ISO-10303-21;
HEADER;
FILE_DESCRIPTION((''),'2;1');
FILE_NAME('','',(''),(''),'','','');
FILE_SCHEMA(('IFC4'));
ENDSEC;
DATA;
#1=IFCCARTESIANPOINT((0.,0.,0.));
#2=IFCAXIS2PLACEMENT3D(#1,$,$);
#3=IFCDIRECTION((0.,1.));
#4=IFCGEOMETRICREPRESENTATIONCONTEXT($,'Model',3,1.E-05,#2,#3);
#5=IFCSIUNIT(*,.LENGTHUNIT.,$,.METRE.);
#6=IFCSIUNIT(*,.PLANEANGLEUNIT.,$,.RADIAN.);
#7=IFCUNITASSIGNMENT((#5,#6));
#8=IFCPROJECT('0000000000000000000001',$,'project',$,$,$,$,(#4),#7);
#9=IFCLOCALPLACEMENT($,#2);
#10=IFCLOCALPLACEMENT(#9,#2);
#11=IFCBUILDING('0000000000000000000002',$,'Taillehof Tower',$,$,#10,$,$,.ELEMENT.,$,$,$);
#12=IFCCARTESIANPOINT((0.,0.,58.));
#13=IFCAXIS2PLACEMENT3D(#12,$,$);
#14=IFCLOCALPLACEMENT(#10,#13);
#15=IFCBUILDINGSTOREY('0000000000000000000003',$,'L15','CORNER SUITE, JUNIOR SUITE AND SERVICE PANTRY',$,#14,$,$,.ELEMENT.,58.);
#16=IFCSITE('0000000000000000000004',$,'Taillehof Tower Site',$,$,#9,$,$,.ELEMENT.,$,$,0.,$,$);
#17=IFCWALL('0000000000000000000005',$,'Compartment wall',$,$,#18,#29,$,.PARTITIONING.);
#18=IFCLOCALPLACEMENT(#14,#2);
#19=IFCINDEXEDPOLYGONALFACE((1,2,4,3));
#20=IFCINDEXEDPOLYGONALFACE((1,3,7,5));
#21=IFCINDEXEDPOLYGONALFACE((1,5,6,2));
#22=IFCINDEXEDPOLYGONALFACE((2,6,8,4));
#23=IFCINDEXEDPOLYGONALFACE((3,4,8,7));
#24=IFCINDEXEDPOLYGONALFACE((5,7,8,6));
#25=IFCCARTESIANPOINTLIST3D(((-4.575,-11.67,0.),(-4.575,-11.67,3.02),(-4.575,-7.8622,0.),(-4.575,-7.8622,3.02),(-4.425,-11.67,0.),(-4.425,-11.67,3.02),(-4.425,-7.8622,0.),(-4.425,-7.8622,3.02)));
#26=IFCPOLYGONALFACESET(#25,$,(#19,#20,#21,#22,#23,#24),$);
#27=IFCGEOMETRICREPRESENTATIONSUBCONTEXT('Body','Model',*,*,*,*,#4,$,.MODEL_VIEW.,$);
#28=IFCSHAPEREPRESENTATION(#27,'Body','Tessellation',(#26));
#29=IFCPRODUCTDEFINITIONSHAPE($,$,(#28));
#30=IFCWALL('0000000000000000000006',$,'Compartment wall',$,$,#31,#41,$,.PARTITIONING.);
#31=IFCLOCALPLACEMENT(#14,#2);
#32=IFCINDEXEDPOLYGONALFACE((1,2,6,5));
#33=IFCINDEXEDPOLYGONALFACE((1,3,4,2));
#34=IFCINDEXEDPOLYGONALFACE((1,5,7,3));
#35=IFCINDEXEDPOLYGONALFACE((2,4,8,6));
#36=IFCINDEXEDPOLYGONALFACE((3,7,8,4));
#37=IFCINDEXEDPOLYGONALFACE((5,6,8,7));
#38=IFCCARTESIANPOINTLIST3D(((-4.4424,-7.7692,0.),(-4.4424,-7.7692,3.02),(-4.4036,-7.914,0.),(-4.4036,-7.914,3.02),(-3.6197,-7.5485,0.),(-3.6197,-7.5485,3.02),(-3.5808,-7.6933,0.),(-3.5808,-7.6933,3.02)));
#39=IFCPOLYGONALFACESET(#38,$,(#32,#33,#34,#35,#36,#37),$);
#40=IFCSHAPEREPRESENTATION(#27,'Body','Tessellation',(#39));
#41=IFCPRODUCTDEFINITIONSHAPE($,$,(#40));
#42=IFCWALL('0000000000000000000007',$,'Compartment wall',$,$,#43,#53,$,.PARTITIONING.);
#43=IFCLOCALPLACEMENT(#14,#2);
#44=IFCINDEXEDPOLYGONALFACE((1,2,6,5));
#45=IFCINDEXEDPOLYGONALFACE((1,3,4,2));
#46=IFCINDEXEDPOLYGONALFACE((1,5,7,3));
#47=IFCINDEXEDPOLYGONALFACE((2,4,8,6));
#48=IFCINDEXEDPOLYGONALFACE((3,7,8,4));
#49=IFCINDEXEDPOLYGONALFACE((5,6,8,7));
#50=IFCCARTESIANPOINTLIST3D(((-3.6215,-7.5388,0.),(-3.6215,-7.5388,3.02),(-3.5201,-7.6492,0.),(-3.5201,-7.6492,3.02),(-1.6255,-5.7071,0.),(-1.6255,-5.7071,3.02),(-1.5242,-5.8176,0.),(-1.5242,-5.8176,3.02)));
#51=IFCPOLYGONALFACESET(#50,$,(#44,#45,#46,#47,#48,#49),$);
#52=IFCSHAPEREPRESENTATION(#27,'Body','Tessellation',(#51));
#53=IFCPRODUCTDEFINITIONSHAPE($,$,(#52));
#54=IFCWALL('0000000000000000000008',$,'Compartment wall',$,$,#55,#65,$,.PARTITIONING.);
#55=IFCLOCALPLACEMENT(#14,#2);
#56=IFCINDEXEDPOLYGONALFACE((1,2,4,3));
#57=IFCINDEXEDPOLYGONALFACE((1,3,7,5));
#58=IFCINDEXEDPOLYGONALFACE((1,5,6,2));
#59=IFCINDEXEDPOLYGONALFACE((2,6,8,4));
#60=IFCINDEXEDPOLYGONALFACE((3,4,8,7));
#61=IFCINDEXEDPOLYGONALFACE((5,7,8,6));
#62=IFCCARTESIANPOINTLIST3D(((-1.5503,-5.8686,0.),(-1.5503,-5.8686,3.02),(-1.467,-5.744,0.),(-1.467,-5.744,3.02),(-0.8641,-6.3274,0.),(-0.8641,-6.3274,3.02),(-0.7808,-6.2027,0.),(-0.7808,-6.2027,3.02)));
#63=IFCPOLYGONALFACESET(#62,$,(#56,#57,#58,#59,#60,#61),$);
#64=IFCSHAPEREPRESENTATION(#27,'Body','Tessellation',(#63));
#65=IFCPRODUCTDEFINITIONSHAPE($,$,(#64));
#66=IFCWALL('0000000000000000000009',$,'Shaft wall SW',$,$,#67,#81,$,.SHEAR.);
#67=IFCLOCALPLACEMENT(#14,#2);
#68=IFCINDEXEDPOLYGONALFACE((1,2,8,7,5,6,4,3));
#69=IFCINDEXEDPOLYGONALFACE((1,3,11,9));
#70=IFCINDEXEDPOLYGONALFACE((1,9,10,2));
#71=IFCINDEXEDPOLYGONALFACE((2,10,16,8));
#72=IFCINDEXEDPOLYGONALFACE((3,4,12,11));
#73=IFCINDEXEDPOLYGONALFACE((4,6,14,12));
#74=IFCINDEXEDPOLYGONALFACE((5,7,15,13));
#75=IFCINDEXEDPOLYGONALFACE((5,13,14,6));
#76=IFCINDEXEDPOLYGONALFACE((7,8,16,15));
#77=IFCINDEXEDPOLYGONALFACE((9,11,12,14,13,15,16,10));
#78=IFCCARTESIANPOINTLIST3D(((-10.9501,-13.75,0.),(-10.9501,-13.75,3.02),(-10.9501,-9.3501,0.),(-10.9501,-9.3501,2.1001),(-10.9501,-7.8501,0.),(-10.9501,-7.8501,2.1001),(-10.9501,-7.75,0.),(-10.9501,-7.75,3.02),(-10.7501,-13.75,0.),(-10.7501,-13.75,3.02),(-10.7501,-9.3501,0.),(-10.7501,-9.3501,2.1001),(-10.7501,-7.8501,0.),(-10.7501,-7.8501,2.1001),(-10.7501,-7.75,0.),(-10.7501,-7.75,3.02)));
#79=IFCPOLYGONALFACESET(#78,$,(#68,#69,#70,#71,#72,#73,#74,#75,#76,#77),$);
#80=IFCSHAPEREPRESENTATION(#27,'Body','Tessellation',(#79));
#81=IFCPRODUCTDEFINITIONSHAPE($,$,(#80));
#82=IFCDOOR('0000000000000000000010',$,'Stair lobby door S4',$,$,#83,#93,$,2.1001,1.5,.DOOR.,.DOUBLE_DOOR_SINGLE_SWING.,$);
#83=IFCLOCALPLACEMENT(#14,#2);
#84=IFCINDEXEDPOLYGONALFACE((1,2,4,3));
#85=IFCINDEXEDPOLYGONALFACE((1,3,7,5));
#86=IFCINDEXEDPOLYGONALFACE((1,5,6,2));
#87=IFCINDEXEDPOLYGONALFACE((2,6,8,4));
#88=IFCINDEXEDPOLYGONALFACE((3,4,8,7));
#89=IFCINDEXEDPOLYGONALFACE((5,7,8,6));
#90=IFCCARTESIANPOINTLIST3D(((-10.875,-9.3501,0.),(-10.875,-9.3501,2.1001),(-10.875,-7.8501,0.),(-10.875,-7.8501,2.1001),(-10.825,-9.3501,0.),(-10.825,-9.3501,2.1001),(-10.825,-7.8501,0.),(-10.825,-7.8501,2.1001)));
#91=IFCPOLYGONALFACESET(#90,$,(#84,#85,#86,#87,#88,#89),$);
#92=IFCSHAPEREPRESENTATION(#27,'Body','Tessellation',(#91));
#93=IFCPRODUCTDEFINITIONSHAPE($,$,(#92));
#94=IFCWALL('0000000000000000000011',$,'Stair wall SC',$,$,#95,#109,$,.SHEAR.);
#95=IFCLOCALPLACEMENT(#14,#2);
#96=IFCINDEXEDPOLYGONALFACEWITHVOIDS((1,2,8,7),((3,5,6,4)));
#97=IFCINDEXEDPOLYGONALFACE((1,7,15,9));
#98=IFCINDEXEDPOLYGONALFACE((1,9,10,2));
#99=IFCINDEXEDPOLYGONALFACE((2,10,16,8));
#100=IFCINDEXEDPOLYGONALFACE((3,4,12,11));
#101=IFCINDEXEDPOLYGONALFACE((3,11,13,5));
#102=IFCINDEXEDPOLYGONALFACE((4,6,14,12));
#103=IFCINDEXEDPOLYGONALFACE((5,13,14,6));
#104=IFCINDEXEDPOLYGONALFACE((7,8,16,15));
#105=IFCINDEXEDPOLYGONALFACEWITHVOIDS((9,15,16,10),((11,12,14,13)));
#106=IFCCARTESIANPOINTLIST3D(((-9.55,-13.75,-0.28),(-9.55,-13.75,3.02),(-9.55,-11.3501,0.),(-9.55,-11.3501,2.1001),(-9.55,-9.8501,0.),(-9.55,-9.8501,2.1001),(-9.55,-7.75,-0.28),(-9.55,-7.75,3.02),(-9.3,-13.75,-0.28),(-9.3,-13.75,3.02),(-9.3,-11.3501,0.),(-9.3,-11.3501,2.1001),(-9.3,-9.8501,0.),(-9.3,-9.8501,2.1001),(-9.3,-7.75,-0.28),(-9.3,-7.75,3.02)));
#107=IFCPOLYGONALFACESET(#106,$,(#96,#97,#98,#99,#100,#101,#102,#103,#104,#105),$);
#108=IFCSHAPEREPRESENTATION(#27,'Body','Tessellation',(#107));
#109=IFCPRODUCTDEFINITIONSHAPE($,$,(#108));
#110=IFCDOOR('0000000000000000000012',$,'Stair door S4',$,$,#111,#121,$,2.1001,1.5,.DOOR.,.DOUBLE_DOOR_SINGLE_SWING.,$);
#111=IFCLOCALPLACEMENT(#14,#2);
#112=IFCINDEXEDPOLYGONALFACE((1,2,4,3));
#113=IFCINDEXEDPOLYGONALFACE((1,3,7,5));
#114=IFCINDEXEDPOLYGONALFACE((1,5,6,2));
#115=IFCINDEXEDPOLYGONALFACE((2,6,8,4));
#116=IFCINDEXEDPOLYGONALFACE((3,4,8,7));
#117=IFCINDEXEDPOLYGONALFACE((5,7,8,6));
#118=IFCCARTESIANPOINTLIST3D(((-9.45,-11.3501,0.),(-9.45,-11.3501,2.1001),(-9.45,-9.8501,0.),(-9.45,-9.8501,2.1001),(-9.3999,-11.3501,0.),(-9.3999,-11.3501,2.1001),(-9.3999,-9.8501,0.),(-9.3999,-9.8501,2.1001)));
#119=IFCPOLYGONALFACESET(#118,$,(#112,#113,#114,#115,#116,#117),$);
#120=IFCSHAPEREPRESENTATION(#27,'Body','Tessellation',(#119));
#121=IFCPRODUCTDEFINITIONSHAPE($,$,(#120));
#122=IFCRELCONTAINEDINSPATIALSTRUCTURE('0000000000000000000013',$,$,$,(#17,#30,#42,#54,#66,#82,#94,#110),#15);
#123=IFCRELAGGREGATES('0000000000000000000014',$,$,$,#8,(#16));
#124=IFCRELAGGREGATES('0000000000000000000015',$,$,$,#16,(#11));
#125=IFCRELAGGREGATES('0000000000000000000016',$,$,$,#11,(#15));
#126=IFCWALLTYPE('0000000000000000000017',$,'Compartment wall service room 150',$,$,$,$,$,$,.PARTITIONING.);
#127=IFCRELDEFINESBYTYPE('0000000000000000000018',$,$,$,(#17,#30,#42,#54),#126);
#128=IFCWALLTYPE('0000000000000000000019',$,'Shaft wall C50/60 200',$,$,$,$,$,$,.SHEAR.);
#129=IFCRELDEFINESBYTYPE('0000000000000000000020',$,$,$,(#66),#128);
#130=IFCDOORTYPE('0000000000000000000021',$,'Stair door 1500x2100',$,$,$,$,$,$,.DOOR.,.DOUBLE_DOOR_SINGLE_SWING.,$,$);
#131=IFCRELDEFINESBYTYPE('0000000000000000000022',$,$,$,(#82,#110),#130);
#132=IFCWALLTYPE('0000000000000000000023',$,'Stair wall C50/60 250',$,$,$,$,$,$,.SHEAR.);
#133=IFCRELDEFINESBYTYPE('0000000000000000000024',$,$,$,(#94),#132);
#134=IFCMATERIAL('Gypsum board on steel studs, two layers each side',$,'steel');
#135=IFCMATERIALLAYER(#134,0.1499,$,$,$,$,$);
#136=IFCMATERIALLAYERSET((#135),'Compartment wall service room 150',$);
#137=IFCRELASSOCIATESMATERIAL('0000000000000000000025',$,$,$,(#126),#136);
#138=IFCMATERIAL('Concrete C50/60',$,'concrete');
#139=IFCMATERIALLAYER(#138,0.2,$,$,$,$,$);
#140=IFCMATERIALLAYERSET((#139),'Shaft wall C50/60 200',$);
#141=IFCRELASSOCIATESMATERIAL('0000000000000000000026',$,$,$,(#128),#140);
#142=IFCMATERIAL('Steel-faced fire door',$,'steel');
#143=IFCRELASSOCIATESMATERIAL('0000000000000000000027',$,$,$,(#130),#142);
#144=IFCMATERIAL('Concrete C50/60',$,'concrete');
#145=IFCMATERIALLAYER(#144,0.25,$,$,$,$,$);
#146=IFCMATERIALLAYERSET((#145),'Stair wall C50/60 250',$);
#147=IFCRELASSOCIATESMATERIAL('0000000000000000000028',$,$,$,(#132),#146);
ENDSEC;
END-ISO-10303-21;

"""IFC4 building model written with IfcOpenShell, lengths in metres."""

from ifc_helpers import new_model, si_unit, direction, frame, frame_2d, origin, place, context, subcontext, project, spatial, rectangle, extrude, material, layer, layer_set, type_object, element, fill, save


model = new_model("IFC4")

# Units and contexts
model_context = context("Model", 3, precision=1e-05, world=origin(), true_north=direction((0.0, 1.0)))
body_context = subcontext(model_context, "Body", "Model", "MODEL_VIEW")
ifc_project = project(units=[si_unit("LENGTHUNIT", "METRE"), si_unit("PLANEANGLEUNIT", "RADIAN")], contexts=[model_context])

# Site, building, storey
site_placement = place(None, origin())
site = spatial("IfcSite", under=ifc_project, at=site_placement, Name="Taillehof Tower Site", CompositionType="ELEMENT", RefElevation=0.0)
building_placement = place(site_placement, origin())
building = spatial("IfcBuilding", under=site, at=building_placement, Name="Taillehof Tower", CompositionType="ELEMENT")
storey_placement = place(building_placement, frame((0.0, 0.0, 58.0)))
storey = spatial("IfcBuildingStorey", under=building, at=storey_placement, Name="L15", Description="CORNER SUITE, JUNIOR SUITE AND SERVICE PANTRY", CompositionType="ELEMENT", Elevation=58.0)

# Walls
ifc_material_1 = material(Name="Gypsum board on steel studs, two layers each side", Category="steel")
ifc_layer_1 = layer(ifc_material_1, 0.1499)
ifc_layer_set_1 = layer_set([ifc_layer_1], Name="Compartment wall service room 150")
wall_type_1 = type_object("IfcWallType", Name="Compartment wall service room 150", PredefinedType="PARTITIONING", material=ifc_layer_set_1)
wall_1_placement = place(storey_placement, frame((-4.5, -11.6699, 0.0), z_axis=(0.0, 0.0, 1.0), x_axis=(0.0, 1.0, 0.0)))
element("IfcWall", 1, at=wall_1_placement, inside=storey, type_object=wall_type_1, Name="Compartment wall", PredefinedType="PARTITIONING", context=body_context, shape_type="SweptSolid", body=[
    extrude(rectangle(XDim=3.8079, YDim=0.1499, at=frame_2d((1.9038, 0.0))), origin(), (0.0, 0.0, 1.0), 3.02),
])
wall_2_placement = place(storey_placement, frame((-4.4229, -7.8416, 0.0), z_axis=(0.0, 0.0, 1.0), x_axis=(0.965853, 0.259089, 0.0)))
element("IfcWall", 2, at=wall_2_placement, inside=storey, type_object=wall_type_1, Name="Compartment wall", PredefinedType="PARTITIONING", context=body_context, shape_type="SweptSolid", body=[
    extrude(rectangle(XDim=0.8518, YDim=0.1499, at=frame_2d((0.4258, 0.0))), origin(), (0.0, 0.0, 1.0), 3.02),
])
wall_3_placement = place(storey_placement, frame((-3.5708, -7.594, 0.0), z_axis=(0.0, 0.0, 1.0), x_axis=(0.736784, 0.676129, 0.0)))
element("IfcWall", 3, at=wall_3_placement, inside=storey, type_object=wall_type_1, Name="Compartment wall", PredefinedType="PARTITIONING", context=body_context, shape_type="SweptSolid", body=[
    extrude(rectangle(XDim=2.709, YDim=0.1499, at=frame_2d((1.3545, 0.0))), origin(), (0.0, 0.0, 1.0), 3.02),
])
wall_4_placement = place(storey_placement, frame((-1.5085, -5.8064, 0.0), z_axis=(0.0, 0.0, 1.0), x_axis=(0.831367, -0.555724, 0.0)))
element("IfcWall", 4, at=wall_4_placement, inside=storey, type_object=wall_type_1, Name="Compartment wall", PredefinedType="PARTITIONING", context=body_context, shape_type="SweptSolid", body=[
    extrude(rectangle(XDim=0.8254, YDim=0.1499, at=frame_2d((0.4126, 0.0))), origin(), (0.0, 0.0, 1.0), 3.02),
])

# Walls, openings, doors
ifc_material_2 = material(Name="Concrete C50/60", Category="concrete")
ifc_layer_2 = layer(ifc_material_2, 0.2)
ifc_layer_set_2 = layer_set([ifc_layer_2], Name="Shaft wall C50/60 200")
wall_type_2 = type_object("IfcWallType", Name="Shaft wall C50/60 200", PredefinedType="SHEAR", material=ifc_layer_set_2)
wall_5_placement = place(storey_placement, frame((-10.8501, -13.75, 0.0), z_axis=(0.0, 0.0, 1.0), x_axis=(0.0, 1.0, 0.0)))
wall_5 = element("IfcWall", 5, at=wall_5_placement, inside=storey, type_object=wall_type_2, Name="Shaft wall SW", PredefinedType="SHEAR", context=body_context, shape_type="SweptSolid", body=[
    extrude(rectangle(XDim=6.0, YDim=0.2, at=frame_2d((3.0, 0.0))), origin(), (0.0, 0.0, 1.0), 3.02),
])
opening_1_placement = place(wall_5_placement, frame((4.3999, 0.0, 0.0)))
opening_1 = element("IfcOpeningElement", 6, at=opening_1_placement, cuts=wall_5, PredefinedType="OPENING", context=body_context, shape_type="SweptSolid", body=[
    extrude(rectangle(XDim=1.5, YDim=2.1001, at=frame_2d((0.75, 1.05))), frame((0.0, 0.1099, 0.0), z_axis=(0.0, -1.0, 0.0), x_axis=(1.0, 0.0, 0.0)), (0.0, 0.0, 1.0), 0.22),
])
ifc_material_3 = material(Name="Steel-faced fire door", Category="steel")
door_type = type_object("IfcDoorType", Name="Stair door 1500x2100", OperationType="DOUBLE_DOOR_SINGLE_SWING", PredefinedType="DOOR", material=ifc_material_3)
door_1_placement = place(opening_1_placement, origin())
door_1 = element("IfcDoor", 7, at=door_1_placement, inside=storey, type_object=door_type, Name="Stair lobby door S4", OperationType="DOUBLE_DOOR_SINGLE_SWING", OverallHeight=2.1001, OverallWidth=1.5, PredefinedType="DOOR", context=body_context, shape_type="SweptSolid", body=[
    extrude(rectangle(XDim=1.5, YDim=2.1001, at=frame_2d((0.75, 1.05))), frame((0.0, 0.0249, 0.0), z_axis=(0.0, -1.0, 0.0), x_axis=(1.0, 0.0, 0.0)), (0.0, 0.0, 1.0), 0.05),
])
fill(opening_1, door_1)
ifc_material_4 = material(Name="Concrete C50/60", Category="concrete")
ifc_layer_3 = layer(ifc_material_4, 0.25)
ifc_layer_set_3 = layer_set([ifc_layer_3], Name="Stair wall C50/60 250")
wall_type_3 = type_object("IfcWallType", Name="Stair wall C50/60 250", PredefinedType="SHEAR", material=ifc_layer_set_3)
wall_6_placement = place(storey_placement, frame((-9.425, -13.75, -0.28), z_axis=(0.0, 0.0, 1.0), x_axis=(0.0, 1.0, 0.0)))
wall_6 = element("IfcWall", 8, at=wall_6_placement, inside=storey, type_object=wall_type_3, Name="Stair wall SC", PredefinedType="SHEAR", context=body_context, shape_type="SweptSolid", body=[
    extrude(rectangle(XDim=6.0, YDim=0.25, at=frame_2d((3.0, 0.0))), origin(), (0.0, 0.0, 1.0), 3.3),
])
opening_2_placement = place(wall_6_placement, frame((2.3999, 0.0, 0.28)))
opening_2 = element("IfcOpeningElement", 9, at=opening_2_placement, cuts=wall_6, PredefinedType="OPENING", context=body_context, shape_type="SweptSolid", body=[
    extrude(rectangle(XDim=1.5, YDim=2.1001, at=frame_2d((0.75, 1.05))), frame((0.0, 0.135, 0.0), z_axis=(0.0, -1.0, 0.0), x_axis=(1.0, 0.0, 0.0)), (0.0, 0.0, 1.0), 0.27),
])
door_2_placement = place(opening_2_placement, origin())
door_2 = element("IfcDoor", 10, at=door_2_placement, inside=storey, type_object=door_type, Name="Stair door S4", OperationType="DOUBLE_DOOR_SINGLE_SWING", OverallHeight=2.1001, OverallWidth=1.5, PredefinedType="DOOR", context=body_context, shape_type="SweptSolid", body=[
    extrude(rectangle(XDim=1.5, YDim=2.1001, at=frame_2d((0.75, 1.05))), frame((0.0, 0.0249, 0.0), z_axis=(0.0, -1.0, 0.0), x_axis=(1.0, 0.0, 0.0)), (0.0, 0.0, 1.0), 0.05),
])
fill(opening_2, door_2)

save(model, "model.ifc")
